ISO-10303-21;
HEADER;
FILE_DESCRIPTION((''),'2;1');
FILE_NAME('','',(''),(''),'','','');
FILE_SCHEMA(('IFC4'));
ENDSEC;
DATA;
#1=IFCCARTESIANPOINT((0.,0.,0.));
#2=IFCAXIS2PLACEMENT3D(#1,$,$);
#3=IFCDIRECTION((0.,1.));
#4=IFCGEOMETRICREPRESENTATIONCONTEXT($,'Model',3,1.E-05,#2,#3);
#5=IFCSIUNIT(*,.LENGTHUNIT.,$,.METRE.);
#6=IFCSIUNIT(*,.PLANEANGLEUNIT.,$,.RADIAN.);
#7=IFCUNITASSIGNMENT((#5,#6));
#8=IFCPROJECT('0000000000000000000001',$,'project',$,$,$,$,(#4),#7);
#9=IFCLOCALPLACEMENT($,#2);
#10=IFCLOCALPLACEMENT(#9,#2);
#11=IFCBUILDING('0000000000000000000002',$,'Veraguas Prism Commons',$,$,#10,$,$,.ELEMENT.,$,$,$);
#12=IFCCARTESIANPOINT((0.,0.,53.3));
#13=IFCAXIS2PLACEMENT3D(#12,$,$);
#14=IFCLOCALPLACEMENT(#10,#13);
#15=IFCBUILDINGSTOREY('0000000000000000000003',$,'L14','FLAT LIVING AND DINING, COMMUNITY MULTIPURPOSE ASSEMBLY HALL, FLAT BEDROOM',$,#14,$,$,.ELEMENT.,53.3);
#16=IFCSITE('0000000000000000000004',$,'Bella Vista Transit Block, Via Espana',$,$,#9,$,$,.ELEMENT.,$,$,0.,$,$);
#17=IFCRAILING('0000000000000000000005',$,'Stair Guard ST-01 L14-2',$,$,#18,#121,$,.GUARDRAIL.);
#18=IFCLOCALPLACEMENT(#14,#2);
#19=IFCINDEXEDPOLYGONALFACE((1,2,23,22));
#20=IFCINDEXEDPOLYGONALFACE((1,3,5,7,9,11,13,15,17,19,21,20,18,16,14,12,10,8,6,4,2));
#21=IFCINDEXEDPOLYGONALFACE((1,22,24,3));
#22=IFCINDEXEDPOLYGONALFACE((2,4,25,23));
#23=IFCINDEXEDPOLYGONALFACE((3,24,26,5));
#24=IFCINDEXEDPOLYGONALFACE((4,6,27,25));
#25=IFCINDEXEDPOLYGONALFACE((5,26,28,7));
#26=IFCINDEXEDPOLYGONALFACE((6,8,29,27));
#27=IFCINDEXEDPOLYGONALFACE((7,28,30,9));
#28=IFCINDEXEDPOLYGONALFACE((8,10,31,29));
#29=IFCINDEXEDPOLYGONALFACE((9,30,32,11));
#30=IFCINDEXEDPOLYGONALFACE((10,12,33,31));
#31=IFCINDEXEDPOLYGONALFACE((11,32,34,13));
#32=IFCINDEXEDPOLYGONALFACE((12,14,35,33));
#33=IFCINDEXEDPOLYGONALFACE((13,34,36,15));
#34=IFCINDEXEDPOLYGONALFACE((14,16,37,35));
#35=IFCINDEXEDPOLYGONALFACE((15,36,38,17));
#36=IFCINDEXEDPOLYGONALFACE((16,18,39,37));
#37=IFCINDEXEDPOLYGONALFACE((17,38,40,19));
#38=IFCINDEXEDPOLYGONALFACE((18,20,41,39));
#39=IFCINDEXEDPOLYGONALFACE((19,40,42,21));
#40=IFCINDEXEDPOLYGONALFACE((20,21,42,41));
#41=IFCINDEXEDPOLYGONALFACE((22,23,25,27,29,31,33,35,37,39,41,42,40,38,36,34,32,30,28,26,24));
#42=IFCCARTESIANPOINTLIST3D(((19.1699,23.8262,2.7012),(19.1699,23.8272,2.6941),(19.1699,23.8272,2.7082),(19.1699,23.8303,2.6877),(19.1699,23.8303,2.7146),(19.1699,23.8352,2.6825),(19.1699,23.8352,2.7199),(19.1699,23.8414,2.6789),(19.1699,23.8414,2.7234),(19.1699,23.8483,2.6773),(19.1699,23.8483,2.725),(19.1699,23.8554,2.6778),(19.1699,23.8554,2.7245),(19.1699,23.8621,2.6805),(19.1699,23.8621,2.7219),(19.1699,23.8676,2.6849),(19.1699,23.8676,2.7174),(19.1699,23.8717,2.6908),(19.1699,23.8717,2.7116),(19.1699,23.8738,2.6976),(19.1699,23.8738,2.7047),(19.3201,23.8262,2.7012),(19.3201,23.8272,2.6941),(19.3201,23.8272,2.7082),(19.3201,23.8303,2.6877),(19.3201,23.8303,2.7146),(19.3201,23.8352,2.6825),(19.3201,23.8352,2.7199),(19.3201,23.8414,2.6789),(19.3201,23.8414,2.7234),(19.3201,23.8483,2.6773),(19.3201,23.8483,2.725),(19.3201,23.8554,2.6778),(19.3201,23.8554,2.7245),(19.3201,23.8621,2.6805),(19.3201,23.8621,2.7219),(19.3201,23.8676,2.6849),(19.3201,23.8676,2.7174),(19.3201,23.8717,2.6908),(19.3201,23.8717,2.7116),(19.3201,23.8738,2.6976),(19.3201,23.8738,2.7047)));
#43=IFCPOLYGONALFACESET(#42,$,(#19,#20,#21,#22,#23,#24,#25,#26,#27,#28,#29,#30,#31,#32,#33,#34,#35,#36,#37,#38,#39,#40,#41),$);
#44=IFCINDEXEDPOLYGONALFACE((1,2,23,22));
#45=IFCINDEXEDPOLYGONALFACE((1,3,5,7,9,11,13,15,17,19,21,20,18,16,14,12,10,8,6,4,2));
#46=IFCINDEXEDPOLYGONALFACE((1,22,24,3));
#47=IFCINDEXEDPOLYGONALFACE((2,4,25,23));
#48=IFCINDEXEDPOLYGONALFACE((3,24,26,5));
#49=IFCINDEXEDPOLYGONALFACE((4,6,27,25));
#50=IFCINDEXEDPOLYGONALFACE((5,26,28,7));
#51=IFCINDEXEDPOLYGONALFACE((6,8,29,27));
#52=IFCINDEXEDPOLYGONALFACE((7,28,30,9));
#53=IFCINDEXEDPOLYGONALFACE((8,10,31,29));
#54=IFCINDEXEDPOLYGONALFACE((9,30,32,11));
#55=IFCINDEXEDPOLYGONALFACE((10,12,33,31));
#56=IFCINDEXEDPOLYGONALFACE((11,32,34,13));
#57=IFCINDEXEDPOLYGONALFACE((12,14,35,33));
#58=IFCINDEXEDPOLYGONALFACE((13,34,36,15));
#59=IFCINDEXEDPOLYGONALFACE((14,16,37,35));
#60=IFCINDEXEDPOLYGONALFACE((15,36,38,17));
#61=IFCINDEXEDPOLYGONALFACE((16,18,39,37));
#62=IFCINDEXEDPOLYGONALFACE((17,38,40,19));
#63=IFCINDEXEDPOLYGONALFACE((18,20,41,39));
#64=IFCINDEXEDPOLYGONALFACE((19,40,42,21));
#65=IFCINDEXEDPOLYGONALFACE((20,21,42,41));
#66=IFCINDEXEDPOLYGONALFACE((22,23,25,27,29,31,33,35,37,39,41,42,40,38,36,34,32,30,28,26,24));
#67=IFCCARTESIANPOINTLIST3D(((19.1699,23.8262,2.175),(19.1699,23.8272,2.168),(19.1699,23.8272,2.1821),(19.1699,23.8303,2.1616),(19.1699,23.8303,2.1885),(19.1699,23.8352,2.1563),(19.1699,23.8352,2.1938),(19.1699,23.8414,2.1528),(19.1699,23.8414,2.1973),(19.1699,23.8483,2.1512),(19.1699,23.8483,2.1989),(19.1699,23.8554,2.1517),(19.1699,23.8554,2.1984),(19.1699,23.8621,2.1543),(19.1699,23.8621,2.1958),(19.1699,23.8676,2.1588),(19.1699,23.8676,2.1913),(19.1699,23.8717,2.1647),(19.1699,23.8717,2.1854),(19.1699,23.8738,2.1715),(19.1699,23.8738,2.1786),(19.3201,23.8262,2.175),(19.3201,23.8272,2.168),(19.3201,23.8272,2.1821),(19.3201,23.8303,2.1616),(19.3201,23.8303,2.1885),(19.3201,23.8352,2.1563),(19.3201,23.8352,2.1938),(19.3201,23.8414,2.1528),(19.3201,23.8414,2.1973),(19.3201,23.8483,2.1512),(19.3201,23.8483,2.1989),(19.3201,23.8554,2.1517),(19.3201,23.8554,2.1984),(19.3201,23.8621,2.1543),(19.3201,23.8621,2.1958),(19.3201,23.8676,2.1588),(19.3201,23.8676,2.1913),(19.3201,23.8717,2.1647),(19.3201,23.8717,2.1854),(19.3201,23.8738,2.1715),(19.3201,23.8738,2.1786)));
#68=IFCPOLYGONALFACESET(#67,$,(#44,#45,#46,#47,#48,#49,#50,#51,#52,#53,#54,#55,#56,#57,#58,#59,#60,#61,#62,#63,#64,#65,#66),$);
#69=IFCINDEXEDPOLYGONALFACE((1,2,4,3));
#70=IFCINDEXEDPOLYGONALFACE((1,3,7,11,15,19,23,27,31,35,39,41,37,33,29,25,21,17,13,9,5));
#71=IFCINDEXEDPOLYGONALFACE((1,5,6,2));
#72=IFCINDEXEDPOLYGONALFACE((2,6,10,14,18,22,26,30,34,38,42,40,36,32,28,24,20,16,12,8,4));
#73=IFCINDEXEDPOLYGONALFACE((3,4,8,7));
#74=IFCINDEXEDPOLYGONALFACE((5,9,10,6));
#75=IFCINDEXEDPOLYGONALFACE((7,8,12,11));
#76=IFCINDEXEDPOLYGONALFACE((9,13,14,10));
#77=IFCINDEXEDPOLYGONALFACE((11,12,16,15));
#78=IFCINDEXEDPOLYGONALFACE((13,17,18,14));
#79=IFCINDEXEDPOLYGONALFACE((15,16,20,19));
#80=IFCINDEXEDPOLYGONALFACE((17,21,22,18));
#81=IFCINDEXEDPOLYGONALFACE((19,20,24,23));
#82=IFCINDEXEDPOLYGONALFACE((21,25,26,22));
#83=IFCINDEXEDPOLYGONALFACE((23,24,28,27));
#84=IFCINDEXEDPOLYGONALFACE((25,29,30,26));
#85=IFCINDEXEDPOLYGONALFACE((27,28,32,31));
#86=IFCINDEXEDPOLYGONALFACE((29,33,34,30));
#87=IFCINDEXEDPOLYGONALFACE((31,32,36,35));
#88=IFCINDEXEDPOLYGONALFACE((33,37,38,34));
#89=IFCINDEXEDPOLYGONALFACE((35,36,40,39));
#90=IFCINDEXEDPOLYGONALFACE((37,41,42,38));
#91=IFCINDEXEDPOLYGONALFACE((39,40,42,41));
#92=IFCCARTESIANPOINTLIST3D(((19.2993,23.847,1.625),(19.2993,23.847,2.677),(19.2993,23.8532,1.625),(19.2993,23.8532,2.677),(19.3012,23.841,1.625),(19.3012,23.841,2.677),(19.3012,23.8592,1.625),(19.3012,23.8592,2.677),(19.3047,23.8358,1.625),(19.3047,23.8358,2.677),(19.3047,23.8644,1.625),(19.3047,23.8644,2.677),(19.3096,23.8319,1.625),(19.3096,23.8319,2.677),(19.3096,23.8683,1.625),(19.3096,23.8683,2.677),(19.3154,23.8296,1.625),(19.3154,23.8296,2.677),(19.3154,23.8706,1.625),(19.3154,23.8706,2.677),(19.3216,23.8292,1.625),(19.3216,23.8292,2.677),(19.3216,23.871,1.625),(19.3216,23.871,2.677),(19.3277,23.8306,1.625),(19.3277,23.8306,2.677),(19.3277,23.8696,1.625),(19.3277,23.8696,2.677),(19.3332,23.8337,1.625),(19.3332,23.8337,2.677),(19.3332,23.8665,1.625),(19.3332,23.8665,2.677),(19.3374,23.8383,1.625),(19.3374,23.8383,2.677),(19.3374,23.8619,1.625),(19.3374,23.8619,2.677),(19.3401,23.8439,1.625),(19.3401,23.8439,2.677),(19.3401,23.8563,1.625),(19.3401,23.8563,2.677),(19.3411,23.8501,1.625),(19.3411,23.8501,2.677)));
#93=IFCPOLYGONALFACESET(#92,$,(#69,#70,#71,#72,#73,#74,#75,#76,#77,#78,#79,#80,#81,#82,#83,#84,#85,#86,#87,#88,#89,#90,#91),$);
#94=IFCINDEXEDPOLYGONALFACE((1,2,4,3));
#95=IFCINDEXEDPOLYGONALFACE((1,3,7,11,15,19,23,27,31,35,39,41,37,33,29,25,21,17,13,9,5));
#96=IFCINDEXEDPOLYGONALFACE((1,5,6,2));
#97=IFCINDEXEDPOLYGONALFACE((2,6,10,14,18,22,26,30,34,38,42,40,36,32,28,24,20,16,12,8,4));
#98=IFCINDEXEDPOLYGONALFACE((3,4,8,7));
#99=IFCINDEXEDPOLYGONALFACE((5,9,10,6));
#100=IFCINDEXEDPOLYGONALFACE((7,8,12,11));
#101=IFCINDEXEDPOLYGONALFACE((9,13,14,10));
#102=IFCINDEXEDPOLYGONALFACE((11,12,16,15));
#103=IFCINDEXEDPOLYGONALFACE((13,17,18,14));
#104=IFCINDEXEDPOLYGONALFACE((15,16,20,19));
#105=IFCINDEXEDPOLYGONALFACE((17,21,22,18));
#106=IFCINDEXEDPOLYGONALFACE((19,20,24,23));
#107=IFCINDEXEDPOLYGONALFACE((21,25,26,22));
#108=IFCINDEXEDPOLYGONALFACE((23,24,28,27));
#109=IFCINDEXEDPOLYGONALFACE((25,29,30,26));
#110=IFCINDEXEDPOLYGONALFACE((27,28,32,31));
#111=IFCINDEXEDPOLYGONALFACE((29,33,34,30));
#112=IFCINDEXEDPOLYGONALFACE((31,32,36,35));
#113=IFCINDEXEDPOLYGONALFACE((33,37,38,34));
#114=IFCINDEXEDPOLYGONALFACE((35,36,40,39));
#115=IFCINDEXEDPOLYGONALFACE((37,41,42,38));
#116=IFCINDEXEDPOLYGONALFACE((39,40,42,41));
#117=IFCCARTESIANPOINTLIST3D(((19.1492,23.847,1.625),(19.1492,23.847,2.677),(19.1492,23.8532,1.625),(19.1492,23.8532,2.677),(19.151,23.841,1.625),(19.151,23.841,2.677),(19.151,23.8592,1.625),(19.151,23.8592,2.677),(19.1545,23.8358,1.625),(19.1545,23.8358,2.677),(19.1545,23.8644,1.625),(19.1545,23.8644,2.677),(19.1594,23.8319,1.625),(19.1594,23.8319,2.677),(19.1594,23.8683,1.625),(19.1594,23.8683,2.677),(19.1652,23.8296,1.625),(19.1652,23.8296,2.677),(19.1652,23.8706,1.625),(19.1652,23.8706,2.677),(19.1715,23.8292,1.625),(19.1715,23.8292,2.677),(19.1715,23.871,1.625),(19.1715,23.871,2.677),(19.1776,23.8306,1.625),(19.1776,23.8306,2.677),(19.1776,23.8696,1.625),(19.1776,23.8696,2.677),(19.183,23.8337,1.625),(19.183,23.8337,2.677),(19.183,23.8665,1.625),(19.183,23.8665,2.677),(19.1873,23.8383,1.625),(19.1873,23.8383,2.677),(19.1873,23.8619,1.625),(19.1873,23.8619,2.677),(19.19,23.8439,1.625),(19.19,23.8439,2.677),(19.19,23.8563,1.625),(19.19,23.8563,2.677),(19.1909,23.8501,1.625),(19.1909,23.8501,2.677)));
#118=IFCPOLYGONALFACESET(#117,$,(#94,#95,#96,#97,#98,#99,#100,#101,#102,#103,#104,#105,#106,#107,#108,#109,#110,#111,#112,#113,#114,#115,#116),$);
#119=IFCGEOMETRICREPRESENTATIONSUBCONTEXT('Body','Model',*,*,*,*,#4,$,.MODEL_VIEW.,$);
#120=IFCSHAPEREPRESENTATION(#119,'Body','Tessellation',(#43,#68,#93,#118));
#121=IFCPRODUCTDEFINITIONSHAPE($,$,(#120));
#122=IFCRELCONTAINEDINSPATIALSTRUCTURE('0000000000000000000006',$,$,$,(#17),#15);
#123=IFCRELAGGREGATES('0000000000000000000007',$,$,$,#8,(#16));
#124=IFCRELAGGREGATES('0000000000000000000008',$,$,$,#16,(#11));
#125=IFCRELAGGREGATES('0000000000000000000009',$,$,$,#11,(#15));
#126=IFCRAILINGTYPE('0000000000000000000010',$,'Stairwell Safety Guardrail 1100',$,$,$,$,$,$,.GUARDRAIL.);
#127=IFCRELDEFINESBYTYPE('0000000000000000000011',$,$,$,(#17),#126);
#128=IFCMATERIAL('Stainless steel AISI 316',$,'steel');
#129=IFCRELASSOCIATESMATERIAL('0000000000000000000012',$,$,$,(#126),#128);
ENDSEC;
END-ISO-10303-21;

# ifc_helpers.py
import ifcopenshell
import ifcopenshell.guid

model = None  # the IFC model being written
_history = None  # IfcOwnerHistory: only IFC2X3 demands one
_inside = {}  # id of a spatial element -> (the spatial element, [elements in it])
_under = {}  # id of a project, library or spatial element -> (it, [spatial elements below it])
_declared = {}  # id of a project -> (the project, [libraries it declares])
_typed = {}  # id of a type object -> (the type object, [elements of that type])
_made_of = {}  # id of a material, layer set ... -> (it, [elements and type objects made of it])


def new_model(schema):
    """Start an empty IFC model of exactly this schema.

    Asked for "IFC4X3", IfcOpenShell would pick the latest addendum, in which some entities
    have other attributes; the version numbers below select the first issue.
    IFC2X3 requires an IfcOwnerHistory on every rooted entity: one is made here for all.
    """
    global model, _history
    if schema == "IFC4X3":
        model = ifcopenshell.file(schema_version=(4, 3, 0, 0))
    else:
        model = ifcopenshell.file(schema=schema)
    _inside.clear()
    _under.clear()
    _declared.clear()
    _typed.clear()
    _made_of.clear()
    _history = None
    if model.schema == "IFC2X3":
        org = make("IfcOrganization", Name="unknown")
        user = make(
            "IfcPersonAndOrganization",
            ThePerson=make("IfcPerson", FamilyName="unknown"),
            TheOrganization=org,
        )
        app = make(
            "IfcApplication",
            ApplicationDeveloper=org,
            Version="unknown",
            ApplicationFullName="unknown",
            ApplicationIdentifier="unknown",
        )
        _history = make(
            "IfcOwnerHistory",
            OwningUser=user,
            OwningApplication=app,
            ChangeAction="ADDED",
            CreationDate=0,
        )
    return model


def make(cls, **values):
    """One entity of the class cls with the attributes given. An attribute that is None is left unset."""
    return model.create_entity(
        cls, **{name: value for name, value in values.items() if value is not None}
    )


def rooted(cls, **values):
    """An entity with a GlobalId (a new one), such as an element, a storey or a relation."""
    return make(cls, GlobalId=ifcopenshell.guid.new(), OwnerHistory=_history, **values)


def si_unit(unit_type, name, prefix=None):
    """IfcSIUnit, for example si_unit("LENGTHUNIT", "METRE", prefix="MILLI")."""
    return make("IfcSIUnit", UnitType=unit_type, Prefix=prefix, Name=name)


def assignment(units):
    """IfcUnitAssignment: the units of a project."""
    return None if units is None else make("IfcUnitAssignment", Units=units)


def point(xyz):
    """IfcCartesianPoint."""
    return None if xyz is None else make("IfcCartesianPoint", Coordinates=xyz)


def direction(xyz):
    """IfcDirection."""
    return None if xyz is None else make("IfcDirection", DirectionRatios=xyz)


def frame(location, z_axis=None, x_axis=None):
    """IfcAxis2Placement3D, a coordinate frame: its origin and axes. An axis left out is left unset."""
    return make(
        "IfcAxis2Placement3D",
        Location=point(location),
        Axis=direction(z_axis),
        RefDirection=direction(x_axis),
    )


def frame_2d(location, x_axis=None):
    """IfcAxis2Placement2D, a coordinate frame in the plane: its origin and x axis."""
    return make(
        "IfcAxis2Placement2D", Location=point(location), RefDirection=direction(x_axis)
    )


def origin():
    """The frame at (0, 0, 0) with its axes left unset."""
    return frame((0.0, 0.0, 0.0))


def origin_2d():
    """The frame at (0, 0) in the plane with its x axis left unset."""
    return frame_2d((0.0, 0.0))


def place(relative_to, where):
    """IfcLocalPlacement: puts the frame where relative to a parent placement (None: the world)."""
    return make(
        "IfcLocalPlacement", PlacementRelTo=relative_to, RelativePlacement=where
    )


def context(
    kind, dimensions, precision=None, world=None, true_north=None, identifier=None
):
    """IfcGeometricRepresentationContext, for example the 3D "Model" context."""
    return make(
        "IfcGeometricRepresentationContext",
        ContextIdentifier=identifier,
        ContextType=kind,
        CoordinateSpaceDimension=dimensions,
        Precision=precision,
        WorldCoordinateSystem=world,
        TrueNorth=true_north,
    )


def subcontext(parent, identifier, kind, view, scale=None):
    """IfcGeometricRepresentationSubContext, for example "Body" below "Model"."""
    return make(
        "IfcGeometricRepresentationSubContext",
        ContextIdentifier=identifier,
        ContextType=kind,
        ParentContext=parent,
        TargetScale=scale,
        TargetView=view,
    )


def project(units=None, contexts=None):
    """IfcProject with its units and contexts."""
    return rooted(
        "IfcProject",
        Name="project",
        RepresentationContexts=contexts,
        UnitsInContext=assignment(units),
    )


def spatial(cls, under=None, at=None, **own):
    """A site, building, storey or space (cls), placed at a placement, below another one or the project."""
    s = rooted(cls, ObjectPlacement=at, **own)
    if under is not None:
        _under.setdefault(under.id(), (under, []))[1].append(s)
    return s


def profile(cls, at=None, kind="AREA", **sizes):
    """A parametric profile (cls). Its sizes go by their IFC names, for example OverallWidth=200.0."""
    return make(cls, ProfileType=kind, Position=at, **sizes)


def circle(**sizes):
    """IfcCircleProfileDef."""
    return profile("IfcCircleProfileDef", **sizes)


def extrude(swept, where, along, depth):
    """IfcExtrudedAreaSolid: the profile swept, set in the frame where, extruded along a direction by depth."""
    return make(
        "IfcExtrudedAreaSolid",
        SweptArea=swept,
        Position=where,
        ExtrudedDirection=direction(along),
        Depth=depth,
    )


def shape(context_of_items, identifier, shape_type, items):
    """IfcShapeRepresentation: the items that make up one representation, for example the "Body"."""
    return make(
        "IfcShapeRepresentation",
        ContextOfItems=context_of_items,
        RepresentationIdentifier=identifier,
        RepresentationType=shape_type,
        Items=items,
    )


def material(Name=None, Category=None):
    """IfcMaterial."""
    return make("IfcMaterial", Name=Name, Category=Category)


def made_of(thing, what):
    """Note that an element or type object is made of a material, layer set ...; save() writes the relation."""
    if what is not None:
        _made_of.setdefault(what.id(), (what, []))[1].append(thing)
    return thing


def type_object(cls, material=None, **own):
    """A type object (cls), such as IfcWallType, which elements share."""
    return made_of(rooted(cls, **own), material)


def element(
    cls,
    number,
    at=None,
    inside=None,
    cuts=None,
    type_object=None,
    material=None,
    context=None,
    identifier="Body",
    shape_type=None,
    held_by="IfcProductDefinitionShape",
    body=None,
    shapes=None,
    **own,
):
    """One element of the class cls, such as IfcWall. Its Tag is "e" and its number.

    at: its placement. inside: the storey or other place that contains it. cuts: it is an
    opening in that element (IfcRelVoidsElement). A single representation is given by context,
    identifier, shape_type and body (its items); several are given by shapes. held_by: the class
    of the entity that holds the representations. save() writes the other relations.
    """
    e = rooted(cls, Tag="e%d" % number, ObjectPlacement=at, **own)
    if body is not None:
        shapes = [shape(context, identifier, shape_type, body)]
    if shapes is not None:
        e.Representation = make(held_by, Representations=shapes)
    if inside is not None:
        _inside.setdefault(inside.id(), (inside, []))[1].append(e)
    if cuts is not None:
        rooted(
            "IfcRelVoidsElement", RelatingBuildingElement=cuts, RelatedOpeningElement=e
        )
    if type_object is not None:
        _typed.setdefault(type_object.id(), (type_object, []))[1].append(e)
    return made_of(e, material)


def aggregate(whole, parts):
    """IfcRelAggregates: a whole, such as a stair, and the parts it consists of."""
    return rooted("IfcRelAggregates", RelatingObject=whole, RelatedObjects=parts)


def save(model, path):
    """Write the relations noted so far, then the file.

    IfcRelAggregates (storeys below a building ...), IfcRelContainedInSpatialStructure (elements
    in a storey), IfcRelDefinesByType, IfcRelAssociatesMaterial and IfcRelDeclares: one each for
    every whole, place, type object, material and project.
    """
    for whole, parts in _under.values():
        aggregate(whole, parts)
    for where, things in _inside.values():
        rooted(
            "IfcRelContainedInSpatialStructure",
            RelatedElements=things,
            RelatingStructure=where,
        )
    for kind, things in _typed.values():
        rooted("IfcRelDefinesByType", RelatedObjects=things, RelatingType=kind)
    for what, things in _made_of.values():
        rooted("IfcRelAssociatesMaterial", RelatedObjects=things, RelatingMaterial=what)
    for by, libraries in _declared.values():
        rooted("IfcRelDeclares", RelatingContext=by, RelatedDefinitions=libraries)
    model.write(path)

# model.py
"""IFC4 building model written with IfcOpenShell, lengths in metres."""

from ifc_helpers import new_model, si_unit, direction, frame, origin, origin_2d, place, context, subcontext, project, spatial, circle, extrude, material, type_object, element, save


model = new_model("IFC4")

# Units and contexts
model_context = context("Model", 3, precision=1e-05, world=origin(), true_north=direction((0.0, 1.0)))
body_context = subcontext(model_context, "Body", "Model", "MODEL_VIEW")
ifc_project = project(units=[si_unit("LENGTHUNIT", "METRE"), si_unit("PLANEANGLEUNIT", "RADIAN")], contexts=[model_context])

# Site, building, storey
site_placement = place(None, origin())
site = spatial("IfcSite", under=ifc_project, at=site_placement, Name="Bella Vista Transit Block, Via Espana", CompositionType="ELEMENT", RefElevation=0.0)
building_placement = place(site_placement, origin())
building = spatial("IfcBuilding", under=site, at=building_placement, Name="Veraguas Prism Commons", CompositionType="ELEMENT")
storey_placement = place(building_placement, frame((0.0, 0.0, 53.3)))
storey = spatial("IfcBuildingStorey", under=building, at=storey_placement, Name="L14", Description="FLAT LIVING AND DINING, COMMUNITY MULTIPURPOSE ASSEMBLY HALL, FLAT BEDROOM", CompositionType="ELEMENT", Elevation=53.3)

# Railing
ifc_material_1 = material(Name="Stainless steel AISI 316", Category="steel")
railing_type_1 = type_object("IfcRailingType", Name="Stairwell Safety Guardrail 1100", PredefinedType="GUARDRAIL", material=ifc_material_1)
railing_1_placement = place(storey_placement, frame((19.3201, 23.8501, 1.625)))
element("IfcRailing", 1, at=railing_1_placement, inside=storey, type_object=railing_type_1, Name="Stair Guard ST-01 L14-2", PredefinedType="GUARDRAIL", context=body_context, shape_type="SweptSolid", body=[
    extrude(circle(Radius=0.0239, at=origin_2d()), frame((0.0, 0.0, 1.0762), z_axis=(-1.0, 0.0, 0.0), x_axis=(0.0, -1.0, 0.0)), (0.0, 0.0, 1.0), 0.1501),
    extrude(circle(Radius=0.0239, at=origin_2d()), frame((0.0, 0.0, 0.55), z_axis=(-1.0, 0.0, 0.0), x_axis=(0.0, -1.0, 0.0)), (0.0, 0.0, 1.0), 0.1501),
    extrude(circle(Radius=0.021, at=origin_2d()), origin(), (0.0, 0.0, 1.0), 1.052),
    extrude(circle(Radius=0.021, at=origin_2d()), frame((-0.1501, 0.0, 0.0)), (0.0, 0.0, 1.0), 1.052),
])

save(model, "model.ifc")
